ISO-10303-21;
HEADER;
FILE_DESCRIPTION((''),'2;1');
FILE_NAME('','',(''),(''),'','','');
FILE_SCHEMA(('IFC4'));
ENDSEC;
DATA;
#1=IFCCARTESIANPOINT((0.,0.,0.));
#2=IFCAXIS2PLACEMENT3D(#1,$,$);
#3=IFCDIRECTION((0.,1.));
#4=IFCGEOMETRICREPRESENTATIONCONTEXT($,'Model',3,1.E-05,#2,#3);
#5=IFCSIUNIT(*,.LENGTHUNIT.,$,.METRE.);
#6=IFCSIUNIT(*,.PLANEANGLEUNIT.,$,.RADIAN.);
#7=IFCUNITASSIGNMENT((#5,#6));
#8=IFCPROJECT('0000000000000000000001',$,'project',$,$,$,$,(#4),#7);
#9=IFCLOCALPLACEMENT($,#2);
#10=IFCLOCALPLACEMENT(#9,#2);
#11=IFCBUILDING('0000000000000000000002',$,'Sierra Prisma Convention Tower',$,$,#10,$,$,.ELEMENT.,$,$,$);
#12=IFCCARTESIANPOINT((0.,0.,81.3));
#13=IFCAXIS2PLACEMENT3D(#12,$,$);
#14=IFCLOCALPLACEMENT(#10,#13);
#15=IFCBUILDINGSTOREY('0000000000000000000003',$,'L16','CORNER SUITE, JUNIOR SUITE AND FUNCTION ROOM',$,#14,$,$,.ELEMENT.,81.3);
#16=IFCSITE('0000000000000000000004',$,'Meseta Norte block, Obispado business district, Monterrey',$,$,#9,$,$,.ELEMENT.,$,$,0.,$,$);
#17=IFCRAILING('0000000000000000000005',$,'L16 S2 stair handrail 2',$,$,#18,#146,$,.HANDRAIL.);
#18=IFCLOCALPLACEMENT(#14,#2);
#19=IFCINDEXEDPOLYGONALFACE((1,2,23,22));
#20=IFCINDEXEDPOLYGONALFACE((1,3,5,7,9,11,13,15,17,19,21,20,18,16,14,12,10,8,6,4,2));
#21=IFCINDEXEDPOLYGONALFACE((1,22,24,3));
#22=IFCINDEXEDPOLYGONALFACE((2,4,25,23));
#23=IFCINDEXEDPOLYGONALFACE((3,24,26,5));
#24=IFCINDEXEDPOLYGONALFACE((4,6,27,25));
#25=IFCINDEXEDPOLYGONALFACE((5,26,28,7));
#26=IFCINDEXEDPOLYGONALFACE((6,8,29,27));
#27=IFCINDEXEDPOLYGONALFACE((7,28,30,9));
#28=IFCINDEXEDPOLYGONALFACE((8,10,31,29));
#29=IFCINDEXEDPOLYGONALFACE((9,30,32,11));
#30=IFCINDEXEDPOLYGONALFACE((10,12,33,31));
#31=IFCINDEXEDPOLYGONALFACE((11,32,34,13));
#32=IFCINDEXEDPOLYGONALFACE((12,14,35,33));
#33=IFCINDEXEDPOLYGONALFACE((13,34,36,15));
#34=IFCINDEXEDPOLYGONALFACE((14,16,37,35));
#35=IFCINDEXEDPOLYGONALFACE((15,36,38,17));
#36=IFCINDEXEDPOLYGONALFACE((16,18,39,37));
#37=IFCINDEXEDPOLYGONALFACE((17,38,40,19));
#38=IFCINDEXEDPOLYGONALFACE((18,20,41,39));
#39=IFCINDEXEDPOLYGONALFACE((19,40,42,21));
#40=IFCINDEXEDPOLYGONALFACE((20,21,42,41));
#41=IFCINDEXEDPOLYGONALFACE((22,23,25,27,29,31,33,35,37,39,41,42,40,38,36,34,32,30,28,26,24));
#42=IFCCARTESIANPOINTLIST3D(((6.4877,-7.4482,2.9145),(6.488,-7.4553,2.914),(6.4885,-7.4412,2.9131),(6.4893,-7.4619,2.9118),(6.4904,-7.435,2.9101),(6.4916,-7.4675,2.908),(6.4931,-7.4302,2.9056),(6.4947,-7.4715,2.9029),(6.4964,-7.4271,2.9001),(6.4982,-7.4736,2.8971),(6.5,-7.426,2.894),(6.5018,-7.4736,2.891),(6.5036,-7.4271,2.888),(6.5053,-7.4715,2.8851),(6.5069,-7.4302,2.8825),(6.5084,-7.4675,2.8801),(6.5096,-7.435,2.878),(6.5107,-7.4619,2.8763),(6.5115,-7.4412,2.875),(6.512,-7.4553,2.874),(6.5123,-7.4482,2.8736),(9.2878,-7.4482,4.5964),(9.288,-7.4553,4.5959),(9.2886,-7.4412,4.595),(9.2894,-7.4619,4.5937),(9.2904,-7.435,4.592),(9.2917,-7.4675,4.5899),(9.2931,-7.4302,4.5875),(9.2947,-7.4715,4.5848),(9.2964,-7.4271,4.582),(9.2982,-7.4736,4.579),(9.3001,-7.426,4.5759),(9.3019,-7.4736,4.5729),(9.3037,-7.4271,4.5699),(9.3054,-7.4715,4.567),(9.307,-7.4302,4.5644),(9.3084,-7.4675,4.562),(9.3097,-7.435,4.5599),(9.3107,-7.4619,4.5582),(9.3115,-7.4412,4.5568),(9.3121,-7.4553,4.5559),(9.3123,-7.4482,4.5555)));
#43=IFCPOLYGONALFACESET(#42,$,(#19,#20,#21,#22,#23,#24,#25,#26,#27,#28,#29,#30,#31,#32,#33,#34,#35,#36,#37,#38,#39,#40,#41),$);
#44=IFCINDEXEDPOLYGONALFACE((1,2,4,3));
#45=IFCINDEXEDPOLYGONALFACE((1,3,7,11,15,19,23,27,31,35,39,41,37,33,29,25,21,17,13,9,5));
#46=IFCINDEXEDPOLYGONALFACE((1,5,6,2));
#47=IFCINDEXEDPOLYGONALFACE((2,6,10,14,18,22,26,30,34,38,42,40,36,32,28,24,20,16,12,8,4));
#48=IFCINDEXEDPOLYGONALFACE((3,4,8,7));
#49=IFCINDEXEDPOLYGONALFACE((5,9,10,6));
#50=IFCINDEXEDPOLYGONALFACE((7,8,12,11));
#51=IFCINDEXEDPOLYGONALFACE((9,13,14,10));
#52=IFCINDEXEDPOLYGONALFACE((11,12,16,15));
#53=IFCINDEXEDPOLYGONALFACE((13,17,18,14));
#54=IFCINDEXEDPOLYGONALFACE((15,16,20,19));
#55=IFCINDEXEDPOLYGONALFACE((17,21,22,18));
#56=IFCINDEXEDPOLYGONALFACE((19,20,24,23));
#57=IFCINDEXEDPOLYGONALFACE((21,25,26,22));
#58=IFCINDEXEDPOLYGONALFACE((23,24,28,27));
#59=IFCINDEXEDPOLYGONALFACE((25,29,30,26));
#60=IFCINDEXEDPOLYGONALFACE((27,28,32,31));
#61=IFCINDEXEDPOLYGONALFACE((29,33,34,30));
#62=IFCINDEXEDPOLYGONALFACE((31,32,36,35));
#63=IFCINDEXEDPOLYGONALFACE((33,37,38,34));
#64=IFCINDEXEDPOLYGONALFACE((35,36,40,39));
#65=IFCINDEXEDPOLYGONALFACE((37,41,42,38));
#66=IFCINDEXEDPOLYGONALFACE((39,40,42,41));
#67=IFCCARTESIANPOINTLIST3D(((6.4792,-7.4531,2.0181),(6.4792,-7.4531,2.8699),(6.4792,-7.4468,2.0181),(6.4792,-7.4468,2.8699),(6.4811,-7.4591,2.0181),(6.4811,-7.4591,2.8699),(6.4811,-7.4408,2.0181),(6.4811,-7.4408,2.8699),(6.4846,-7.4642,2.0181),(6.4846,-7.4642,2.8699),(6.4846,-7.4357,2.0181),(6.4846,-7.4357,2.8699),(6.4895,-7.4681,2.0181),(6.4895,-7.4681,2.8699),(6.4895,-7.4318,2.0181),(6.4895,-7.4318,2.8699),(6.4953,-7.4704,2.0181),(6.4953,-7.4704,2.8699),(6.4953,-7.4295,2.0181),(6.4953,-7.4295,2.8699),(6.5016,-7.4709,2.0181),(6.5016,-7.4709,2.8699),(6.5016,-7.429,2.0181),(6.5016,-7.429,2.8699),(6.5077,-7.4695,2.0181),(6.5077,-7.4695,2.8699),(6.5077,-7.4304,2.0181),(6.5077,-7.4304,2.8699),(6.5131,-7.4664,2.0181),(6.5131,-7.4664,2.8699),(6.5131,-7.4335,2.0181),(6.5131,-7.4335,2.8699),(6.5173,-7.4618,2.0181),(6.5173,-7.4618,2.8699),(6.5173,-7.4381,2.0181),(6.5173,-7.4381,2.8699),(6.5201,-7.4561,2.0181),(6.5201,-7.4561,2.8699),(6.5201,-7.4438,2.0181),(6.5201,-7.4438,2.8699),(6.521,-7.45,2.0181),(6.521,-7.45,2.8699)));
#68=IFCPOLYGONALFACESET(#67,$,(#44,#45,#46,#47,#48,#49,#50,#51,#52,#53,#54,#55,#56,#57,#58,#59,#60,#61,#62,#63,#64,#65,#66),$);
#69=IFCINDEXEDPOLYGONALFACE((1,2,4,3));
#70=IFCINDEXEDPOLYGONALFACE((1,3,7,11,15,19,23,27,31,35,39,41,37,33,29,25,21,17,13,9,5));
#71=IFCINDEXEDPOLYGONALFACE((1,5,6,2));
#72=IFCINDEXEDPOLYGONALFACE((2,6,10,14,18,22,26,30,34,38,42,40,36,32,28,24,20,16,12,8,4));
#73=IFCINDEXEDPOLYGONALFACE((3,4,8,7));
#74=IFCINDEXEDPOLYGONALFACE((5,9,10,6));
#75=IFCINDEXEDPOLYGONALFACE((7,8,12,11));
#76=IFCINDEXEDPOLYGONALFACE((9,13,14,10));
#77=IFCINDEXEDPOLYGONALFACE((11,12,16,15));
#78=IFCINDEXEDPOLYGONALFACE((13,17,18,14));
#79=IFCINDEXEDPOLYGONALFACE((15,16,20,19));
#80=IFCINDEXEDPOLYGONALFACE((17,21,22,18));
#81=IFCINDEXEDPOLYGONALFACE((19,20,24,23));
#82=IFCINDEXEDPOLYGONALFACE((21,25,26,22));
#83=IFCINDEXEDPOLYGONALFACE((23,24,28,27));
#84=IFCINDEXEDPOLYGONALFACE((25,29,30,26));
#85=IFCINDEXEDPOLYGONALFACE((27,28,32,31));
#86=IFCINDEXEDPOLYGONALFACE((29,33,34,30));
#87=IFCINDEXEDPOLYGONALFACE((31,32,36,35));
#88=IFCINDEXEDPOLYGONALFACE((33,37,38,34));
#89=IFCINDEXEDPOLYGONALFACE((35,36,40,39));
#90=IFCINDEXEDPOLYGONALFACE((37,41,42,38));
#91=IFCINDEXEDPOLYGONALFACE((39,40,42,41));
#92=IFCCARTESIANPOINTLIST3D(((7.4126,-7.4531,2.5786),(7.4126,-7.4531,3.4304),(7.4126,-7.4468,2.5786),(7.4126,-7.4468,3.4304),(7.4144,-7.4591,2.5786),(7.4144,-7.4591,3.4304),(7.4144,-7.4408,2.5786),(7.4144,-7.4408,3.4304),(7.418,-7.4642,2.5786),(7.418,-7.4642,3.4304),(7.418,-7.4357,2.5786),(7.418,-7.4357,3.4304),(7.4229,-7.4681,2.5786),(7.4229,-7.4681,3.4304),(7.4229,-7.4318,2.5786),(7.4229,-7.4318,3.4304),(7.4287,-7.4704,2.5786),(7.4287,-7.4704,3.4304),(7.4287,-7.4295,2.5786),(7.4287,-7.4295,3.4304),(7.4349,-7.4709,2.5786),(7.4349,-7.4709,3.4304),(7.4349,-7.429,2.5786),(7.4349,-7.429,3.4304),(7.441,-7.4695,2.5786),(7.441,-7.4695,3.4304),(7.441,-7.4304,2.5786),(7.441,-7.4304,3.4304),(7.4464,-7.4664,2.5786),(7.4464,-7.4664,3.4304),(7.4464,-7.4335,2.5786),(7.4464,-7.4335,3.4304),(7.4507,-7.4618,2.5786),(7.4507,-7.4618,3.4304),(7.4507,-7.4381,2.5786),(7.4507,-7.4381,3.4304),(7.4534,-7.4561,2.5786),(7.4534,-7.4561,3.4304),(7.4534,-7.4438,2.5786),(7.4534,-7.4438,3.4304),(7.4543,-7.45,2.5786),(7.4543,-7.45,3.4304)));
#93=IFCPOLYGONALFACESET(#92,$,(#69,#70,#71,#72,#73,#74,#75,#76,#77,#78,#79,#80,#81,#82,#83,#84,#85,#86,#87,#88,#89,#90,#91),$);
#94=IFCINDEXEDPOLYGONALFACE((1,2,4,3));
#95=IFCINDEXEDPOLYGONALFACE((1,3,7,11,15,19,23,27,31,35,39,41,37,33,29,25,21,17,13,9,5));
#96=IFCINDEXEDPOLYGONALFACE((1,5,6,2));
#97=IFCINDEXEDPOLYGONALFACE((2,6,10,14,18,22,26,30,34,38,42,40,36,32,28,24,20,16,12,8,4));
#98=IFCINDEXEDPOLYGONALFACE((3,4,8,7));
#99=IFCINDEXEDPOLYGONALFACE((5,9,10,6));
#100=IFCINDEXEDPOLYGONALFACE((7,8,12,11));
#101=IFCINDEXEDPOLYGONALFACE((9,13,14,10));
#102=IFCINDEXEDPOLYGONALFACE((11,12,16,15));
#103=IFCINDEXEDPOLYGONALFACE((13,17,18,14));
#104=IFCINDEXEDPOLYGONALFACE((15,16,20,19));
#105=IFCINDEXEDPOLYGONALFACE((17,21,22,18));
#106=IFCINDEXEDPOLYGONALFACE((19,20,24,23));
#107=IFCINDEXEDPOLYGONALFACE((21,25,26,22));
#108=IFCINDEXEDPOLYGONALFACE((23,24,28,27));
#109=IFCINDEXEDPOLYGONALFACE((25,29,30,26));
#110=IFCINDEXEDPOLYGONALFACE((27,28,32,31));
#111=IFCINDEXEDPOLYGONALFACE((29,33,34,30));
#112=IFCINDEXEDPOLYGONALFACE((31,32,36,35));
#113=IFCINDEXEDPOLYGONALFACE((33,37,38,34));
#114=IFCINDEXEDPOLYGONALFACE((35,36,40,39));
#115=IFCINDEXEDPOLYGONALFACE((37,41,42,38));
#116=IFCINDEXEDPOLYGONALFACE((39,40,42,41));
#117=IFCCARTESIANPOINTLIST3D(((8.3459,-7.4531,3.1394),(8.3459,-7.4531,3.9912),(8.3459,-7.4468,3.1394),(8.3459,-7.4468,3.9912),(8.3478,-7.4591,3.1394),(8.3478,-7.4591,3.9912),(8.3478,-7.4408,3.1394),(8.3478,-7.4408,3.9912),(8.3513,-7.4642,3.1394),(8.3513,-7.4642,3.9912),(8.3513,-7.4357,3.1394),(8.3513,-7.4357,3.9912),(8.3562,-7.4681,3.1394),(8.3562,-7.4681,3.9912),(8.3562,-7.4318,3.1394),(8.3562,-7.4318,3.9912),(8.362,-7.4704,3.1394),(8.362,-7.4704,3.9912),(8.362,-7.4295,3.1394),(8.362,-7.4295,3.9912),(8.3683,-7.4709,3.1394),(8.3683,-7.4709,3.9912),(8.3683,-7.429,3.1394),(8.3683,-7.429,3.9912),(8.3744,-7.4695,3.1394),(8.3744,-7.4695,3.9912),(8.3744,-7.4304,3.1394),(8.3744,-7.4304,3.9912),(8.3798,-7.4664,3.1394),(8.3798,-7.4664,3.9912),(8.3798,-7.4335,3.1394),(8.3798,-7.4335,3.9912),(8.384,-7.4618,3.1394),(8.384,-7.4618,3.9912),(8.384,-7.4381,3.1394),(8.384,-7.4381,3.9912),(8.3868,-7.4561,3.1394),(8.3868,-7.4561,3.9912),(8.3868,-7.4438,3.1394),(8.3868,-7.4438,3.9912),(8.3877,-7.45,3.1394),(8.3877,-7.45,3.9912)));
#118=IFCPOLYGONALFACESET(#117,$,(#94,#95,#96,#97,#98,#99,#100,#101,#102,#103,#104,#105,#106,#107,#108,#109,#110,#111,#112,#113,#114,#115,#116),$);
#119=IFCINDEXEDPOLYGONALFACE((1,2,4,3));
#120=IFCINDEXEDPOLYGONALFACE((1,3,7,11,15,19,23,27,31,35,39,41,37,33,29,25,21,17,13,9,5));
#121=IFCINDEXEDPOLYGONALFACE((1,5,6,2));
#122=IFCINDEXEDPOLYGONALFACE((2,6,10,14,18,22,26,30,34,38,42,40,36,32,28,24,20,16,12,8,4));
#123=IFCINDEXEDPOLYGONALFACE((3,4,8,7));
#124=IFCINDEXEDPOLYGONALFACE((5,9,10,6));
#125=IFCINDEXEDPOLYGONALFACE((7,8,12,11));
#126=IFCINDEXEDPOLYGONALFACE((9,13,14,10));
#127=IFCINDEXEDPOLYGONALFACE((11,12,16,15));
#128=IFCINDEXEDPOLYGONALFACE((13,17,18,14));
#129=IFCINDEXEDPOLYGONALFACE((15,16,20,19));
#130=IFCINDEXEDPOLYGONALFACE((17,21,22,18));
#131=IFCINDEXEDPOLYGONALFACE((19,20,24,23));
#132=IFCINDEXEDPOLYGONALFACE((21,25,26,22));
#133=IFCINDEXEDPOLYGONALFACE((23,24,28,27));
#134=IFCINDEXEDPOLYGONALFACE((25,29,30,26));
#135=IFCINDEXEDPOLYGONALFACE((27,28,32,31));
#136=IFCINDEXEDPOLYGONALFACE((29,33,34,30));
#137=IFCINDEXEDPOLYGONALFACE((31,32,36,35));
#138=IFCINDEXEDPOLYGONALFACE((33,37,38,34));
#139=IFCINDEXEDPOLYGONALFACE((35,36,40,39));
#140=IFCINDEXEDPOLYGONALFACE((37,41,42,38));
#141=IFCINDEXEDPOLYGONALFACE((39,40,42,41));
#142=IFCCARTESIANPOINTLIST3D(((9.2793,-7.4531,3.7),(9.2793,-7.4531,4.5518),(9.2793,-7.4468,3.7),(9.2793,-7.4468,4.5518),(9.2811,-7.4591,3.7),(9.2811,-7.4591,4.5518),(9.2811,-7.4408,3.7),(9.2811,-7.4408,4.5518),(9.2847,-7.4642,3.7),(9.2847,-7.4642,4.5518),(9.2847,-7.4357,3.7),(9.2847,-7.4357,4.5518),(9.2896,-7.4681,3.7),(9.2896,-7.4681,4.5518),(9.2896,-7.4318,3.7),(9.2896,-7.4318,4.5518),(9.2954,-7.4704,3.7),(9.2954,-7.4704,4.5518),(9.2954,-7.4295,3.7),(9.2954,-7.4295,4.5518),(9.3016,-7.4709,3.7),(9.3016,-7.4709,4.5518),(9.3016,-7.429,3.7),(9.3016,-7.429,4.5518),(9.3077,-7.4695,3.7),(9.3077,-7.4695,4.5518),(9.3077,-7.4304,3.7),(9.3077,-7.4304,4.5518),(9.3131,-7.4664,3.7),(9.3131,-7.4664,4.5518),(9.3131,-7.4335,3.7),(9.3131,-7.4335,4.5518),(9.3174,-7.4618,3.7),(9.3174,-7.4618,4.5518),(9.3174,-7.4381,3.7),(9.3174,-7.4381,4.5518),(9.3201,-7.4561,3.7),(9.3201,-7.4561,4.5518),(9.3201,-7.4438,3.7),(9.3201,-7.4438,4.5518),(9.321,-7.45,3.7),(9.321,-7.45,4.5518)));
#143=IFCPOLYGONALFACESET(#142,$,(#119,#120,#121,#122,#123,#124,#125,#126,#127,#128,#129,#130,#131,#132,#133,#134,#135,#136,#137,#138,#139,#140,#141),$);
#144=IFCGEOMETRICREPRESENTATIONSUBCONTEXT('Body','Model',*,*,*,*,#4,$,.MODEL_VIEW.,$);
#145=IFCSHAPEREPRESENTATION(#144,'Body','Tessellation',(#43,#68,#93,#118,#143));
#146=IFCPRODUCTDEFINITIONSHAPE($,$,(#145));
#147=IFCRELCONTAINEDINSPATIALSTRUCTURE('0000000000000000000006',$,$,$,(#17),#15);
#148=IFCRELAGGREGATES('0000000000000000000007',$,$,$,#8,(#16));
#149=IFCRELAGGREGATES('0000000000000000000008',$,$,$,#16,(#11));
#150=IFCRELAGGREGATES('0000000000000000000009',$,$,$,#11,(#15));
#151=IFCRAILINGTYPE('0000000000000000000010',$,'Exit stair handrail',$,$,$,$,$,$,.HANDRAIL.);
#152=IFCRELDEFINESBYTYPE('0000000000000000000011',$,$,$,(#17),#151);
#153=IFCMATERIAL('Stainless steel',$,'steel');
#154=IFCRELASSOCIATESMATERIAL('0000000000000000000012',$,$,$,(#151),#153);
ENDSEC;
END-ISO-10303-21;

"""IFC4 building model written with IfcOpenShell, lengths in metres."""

from ifc_helpers import new_model, si_unit, direction, frame, origin, origin_2d, place, context, subcontext, project, spatial, circle, extrude, material, type_object, element, save


model = new_model("IFC4")

# Units and contexts
model_context = context("Model", 3, precision=1e-05, world=origin(), true_north=direction((0.0, 1.0)))
body_context = subcontext(model_context, "Body", "Model", "MODEL_VIEW")
ifc_project = project(units=[si_unit("LENGTHUNIT", "METRE"), si_unit("PLANEANGLEUNIT", "RADIAN")], contexts=[model_context])

# Site, building, storey
site_placement = place(None, origin())
site = spatial("IfcSite", under=ifc_project, at=site_placement, Name="Meseta Norte block, Obispado business district, Monterrey", CompositionType="ELEMENT", RefElevation=0.0)
building_placement = place(site_placement, origin())
building = spatial("IfcBuilding", under=site, at=building_placement, Name="Sierra Prisma Convention Tower", CompositionType="ELEMENT")
storey_placement = place(building_placement, frame((0.0, 0.0, 81.3)))
storey = spatial("IfcBuildingStorey", under=building, at=storey_placement, Name="L16", Description="CORNER SUITE, JUNIOR SUITE AND FUNCTION ROOM", CompositionType="ELEMENT", Elevation=81.3)

# Railing
ifc_material_1 = material(Name="Stainless steel", Category="steel")
railing_type_1 = type_object("IfcRailingType", Name="Exit stair handrail", PredefinedType="HANDRAIL", material=ifc_material_1)
railing_1_placement = place(storey_placement, frame((6.5, -7.45, 2.0181)))
element("IfcRailing", 1, at=railing_1_placement, inside=storey, type_object=railing_type_1, Name="L16 S2 stair handrail 2", PredefinedType="HANDRAIL", context=body_context, shape_type="SweptSolid", body=[
    extrude(circle(Radius=0.0239, at=origin_2d()), frame((0.0, 0.0, 0.876), z_axis=(0.857242, 0.0, 0.514913), x_axis=(0.0, 1.0, 0.0)), (0.0, 0.0, 1.0), 3.2664),
    extrude(circle(Radius=0.021, at=origin_2d()), origin(), (0.0, 0.0, 1.0), 0.8518),
    extrude(circle(Radius=0.021, at=origin_2d()), frame((0.9333, 0.0, 0.5605)), (0.0, 0.0, 1.0), 0.8518),
    extrude(circle(Radius=0.021, at=origin_2d()), frame((1.8667, 0.0, 1.1213)), (0.0, 0.0, 1.0), 0.8518),
    extrude(circle(Radius=0.021, at=origin_2d()), frame((2.8, 0.0, 1.6819)), (0.0, 0.0, 1.0), 0.8518),
])

save(model, "model.ifc")
